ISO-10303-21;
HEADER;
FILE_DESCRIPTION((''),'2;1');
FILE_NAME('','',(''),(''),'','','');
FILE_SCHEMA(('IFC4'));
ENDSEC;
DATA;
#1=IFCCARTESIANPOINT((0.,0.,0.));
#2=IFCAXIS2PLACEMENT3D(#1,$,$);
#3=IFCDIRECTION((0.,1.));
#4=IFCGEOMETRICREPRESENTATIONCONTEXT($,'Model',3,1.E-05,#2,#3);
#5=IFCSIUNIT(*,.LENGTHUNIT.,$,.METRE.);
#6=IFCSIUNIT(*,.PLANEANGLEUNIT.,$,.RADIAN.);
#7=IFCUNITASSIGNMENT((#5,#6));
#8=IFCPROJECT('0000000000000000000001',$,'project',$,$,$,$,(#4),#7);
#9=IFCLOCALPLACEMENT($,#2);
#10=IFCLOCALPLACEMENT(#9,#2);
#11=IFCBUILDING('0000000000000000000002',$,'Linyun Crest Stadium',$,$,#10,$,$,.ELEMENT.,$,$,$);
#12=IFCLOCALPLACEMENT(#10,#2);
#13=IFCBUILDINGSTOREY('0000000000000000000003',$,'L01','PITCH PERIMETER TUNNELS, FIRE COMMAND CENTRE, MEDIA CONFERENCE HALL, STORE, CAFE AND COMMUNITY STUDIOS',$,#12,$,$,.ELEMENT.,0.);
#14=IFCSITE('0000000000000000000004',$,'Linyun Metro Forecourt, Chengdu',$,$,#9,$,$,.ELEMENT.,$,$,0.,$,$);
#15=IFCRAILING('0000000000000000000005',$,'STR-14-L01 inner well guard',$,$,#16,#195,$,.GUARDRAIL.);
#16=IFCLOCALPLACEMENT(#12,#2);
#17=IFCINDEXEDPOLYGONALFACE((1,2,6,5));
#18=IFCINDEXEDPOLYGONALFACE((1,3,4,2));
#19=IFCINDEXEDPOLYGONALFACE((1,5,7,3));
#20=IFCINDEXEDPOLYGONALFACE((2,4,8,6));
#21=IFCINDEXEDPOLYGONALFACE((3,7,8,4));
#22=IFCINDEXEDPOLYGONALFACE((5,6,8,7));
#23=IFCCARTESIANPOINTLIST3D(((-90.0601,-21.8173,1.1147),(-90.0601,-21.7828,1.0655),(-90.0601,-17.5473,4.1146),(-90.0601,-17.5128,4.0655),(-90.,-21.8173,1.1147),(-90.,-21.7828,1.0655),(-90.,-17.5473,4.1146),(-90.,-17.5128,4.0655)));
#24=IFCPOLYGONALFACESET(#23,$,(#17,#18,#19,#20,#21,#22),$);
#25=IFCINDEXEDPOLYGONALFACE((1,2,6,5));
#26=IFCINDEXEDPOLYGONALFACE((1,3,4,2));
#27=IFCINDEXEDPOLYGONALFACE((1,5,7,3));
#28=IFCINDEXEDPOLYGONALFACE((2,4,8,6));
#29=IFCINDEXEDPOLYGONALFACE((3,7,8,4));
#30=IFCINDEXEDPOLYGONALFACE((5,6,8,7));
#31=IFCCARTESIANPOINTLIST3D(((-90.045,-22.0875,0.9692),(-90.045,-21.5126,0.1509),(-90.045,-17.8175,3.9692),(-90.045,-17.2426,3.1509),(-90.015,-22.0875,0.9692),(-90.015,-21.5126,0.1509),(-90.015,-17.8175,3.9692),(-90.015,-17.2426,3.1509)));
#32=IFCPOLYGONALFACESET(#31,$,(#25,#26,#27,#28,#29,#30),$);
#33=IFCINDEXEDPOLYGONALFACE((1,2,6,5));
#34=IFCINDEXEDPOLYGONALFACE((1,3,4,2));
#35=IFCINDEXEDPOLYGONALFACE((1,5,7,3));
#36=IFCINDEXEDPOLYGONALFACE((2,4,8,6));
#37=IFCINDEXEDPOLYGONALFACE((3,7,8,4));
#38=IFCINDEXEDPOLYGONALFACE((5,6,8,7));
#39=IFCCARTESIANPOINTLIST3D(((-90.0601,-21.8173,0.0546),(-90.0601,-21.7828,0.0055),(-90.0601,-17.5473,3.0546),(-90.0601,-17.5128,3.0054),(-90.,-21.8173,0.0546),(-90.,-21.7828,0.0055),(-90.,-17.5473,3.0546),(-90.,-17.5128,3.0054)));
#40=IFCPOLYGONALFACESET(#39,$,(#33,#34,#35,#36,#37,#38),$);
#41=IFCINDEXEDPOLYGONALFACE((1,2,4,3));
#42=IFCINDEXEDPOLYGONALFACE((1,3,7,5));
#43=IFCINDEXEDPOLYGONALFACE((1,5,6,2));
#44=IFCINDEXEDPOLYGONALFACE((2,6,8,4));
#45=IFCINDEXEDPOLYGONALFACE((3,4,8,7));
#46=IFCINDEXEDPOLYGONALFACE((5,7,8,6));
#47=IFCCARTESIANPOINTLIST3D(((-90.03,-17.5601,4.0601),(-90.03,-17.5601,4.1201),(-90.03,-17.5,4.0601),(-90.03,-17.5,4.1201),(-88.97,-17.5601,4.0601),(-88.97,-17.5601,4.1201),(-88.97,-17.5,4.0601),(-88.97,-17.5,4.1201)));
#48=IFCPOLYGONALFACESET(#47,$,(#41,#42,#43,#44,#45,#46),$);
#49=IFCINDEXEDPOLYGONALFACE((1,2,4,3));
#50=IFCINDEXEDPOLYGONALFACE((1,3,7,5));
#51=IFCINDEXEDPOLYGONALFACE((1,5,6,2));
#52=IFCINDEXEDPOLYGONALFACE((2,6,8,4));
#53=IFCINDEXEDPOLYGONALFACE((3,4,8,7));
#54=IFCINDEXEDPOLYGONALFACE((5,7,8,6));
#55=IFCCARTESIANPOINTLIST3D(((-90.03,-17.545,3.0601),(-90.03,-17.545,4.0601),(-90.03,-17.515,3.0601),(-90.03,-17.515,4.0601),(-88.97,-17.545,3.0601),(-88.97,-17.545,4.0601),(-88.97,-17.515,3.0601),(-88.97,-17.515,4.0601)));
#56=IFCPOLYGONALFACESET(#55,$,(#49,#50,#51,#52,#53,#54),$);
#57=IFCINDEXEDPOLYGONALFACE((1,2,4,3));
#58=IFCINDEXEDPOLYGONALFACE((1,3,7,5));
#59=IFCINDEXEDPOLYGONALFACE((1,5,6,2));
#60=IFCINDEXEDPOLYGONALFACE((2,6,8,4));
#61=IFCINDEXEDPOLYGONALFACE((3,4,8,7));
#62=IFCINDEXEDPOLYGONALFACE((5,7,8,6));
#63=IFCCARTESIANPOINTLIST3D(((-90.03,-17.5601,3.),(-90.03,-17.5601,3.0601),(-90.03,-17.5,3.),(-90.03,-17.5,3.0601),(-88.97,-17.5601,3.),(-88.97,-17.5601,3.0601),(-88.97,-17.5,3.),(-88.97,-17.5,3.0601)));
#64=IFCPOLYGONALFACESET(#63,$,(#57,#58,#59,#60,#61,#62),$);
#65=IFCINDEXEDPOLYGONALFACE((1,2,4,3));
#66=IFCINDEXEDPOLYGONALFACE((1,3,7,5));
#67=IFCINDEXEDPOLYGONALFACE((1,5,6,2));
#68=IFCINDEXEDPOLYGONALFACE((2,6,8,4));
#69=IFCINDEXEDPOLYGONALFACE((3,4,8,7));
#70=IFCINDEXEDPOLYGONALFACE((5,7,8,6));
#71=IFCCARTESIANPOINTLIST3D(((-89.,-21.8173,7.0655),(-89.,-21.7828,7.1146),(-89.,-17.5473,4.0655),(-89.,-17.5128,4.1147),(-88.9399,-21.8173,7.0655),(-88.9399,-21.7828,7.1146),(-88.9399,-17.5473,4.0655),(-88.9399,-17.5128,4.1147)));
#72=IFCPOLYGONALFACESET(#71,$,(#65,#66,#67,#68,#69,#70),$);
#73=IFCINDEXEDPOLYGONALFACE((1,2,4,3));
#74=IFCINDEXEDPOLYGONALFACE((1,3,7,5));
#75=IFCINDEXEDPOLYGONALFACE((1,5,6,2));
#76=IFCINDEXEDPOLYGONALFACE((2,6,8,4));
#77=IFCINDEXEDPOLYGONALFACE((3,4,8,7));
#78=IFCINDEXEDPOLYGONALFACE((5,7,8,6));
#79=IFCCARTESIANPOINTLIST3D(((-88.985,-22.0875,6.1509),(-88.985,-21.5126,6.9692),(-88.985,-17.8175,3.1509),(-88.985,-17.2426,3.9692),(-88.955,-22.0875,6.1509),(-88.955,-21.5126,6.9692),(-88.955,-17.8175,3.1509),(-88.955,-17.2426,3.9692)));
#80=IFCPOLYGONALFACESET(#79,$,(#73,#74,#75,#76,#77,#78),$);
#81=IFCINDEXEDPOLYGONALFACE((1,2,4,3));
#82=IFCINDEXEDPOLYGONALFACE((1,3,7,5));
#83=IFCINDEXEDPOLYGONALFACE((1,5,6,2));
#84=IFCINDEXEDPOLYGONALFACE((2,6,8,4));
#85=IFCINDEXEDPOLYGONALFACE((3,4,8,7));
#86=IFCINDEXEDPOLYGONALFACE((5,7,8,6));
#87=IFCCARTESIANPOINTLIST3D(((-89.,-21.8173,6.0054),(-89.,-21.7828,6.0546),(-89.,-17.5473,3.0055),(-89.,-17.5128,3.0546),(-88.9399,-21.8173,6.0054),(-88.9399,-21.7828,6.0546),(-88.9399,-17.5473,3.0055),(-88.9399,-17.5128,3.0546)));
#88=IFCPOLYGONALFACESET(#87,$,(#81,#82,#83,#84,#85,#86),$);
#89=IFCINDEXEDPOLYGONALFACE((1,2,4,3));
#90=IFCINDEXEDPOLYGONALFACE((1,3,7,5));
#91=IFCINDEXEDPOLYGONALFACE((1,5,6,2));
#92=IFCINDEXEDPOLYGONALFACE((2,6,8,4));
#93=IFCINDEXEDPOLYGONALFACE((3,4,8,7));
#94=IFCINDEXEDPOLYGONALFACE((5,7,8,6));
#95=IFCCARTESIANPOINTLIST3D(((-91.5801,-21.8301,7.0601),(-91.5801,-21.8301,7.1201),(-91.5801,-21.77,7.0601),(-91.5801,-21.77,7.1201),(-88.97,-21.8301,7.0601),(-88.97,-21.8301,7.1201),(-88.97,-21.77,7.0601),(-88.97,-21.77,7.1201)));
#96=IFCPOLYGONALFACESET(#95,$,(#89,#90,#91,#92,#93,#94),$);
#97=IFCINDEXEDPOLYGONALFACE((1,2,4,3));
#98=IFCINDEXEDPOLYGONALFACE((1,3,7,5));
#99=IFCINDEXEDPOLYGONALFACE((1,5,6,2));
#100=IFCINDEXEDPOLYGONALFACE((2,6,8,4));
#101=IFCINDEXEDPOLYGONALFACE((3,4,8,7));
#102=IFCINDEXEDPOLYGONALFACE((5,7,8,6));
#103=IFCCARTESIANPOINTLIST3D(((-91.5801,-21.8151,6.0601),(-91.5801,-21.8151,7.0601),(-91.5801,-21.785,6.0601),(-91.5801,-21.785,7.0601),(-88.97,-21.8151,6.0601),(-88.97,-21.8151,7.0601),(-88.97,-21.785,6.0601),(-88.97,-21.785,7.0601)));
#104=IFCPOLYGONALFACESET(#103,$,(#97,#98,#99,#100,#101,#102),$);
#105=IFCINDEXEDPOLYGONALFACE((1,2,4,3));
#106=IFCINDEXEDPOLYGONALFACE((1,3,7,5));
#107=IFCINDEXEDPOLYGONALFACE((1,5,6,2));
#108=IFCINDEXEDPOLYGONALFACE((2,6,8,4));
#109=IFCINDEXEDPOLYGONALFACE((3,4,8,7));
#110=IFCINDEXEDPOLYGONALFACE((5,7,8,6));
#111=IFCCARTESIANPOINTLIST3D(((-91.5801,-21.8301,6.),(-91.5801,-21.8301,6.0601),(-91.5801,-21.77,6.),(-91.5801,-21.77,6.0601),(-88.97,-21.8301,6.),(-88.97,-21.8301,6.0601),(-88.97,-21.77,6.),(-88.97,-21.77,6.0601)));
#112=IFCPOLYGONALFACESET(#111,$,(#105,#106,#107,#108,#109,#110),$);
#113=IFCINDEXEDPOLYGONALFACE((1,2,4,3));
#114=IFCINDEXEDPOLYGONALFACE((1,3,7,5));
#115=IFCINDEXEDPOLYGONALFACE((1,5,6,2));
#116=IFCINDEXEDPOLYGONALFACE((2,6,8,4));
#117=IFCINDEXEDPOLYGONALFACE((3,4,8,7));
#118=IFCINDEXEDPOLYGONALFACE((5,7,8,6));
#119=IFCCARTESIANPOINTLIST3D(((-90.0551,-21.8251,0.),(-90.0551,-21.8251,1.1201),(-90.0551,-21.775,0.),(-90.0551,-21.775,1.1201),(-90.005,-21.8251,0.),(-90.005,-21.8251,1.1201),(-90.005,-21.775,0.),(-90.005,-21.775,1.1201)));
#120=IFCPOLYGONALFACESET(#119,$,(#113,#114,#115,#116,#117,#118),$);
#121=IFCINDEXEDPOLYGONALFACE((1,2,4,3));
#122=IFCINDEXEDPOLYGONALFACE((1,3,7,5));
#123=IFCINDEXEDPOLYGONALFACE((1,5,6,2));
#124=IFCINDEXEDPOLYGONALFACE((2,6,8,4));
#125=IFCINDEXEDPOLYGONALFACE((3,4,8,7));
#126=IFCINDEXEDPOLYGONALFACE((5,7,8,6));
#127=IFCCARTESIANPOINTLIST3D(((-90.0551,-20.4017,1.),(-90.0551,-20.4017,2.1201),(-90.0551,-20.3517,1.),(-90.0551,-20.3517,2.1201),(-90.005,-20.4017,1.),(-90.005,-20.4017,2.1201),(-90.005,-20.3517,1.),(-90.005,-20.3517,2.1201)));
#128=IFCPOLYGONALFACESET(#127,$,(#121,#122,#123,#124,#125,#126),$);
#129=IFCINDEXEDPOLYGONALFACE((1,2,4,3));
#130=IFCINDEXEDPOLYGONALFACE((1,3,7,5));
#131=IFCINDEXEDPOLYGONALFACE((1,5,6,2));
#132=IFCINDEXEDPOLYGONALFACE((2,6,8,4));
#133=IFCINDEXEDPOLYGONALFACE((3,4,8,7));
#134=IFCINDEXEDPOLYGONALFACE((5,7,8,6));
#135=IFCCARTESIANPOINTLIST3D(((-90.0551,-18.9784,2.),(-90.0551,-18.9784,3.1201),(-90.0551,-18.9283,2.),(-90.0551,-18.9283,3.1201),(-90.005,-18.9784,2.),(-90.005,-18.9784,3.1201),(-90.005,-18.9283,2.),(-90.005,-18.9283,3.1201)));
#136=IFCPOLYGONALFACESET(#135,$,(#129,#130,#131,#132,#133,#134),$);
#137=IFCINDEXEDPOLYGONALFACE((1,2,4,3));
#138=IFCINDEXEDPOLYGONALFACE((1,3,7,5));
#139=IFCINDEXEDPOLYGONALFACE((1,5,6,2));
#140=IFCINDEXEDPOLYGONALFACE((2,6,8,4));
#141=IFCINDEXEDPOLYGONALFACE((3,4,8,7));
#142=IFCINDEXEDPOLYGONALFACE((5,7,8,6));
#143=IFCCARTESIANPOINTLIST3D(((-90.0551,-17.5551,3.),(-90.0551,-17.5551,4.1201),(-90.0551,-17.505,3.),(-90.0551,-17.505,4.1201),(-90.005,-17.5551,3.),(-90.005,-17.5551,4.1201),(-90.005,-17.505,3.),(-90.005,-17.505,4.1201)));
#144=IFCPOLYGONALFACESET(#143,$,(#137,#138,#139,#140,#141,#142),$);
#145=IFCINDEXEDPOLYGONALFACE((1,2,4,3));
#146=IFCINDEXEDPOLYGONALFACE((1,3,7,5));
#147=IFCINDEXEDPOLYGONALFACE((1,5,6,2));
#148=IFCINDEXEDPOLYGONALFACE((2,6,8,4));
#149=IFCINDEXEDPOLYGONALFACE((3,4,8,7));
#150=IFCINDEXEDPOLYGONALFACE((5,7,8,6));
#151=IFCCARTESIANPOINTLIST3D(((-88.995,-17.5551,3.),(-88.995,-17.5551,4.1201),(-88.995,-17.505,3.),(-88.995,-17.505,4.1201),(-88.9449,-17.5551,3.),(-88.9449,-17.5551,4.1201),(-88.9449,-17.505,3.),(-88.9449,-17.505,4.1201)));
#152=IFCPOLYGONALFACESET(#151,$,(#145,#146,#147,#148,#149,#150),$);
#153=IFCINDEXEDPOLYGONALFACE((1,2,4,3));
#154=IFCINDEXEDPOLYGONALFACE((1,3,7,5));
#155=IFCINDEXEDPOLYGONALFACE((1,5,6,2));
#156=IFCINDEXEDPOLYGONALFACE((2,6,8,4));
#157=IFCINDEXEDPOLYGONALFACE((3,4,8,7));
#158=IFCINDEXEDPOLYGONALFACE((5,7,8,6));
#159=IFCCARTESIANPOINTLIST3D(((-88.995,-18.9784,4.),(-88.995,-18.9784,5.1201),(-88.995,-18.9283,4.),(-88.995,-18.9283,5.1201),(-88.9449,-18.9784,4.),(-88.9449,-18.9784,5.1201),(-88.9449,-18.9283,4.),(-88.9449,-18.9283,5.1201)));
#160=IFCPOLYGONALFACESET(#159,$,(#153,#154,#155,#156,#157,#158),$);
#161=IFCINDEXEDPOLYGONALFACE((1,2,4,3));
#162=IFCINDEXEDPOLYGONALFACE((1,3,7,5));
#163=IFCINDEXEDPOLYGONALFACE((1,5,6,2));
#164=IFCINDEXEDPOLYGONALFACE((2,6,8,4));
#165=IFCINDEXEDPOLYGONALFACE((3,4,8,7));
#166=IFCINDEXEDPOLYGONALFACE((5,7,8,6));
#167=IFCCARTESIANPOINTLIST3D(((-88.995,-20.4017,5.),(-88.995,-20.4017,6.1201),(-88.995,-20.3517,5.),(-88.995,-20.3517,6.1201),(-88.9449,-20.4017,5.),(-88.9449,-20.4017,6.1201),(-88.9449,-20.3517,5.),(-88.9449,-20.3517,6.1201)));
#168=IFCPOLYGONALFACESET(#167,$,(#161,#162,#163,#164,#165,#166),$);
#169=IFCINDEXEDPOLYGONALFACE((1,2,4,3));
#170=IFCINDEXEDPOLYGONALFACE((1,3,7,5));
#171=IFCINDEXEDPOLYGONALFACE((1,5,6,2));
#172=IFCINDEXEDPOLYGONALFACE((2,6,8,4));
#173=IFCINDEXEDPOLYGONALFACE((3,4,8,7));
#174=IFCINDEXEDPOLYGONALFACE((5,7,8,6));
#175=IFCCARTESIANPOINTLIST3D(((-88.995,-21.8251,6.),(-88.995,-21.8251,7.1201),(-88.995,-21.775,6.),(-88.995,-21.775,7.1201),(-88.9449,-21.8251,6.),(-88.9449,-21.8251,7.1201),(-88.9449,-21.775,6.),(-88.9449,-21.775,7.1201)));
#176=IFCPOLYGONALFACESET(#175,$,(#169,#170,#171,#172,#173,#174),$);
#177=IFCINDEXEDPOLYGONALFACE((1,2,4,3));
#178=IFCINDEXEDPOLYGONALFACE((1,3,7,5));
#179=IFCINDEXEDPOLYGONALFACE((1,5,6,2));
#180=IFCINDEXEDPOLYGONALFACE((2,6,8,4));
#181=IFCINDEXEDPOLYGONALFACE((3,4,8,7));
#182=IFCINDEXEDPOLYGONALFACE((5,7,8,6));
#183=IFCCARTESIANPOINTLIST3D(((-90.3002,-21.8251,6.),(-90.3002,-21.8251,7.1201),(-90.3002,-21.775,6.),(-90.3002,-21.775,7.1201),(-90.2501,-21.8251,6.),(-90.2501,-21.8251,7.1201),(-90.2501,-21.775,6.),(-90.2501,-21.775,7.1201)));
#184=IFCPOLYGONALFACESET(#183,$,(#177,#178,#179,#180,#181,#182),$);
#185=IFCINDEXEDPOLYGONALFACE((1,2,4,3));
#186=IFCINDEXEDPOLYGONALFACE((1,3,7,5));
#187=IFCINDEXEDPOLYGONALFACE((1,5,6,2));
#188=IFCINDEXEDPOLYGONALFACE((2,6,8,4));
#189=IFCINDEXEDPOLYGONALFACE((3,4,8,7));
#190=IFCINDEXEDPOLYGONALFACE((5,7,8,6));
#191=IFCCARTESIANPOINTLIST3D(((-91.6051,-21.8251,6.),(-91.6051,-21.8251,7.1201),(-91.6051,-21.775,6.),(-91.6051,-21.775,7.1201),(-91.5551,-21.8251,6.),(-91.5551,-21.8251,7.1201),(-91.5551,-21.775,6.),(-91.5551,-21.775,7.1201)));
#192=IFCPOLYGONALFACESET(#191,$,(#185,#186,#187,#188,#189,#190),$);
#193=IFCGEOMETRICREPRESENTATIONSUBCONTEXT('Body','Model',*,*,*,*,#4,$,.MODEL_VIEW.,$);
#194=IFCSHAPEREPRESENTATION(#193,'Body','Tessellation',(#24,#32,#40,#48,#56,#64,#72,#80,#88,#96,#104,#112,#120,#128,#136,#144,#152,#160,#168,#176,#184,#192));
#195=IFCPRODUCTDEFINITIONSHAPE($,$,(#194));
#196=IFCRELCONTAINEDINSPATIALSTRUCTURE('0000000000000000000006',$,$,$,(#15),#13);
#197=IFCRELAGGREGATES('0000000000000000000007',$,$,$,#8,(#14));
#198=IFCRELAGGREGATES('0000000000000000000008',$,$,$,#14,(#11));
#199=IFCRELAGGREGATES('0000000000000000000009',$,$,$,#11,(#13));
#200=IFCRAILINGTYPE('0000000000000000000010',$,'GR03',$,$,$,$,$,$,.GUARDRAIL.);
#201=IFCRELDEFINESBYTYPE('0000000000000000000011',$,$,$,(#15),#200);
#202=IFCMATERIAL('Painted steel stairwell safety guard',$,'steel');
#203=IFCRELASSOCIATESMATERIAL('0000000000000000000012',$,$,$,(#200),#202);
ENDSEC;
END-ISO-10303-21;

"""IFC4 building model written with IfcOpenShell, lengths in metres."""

from ifc_helpers import new_model, si_unit, direction, frame, origin, origin_2d, place, context, subcontext, project, spatial, rectangle, extrude, material, type_object, element, save


model = new_model("IFC4")

# Units and contexts
model_context = context("Model", 3, precision=1e-05, world=origin(), true_north=direction((0.0, 1.0)))
body_context = subcontext(model_context, "Body", "Model", "MODEL_VIEW")
ifc_project = project(units=[si_unit("LENGTHUNIT", "METRE"), si_unit("PLANEANGLEUNIT", "RADIAN")], contexts=[model_context])

# Site, building, storey
site_placement = place(None, origin())
site = spatial("IfcSite", under=ifc_project, at=site_placement, Name="Linyun Metro Forecourt, Chengdu", CompositionType="ELEMENT", RefElevation=0.0)
building_placement = place(site_placement, origin())
building = spatial("IfcBuilding", under=site, at=building_placement, Name="Linyun Crest Stadium", CompositionType="ELEMENT")
storey_placement = place(building_placement, origin())
storey = spatial("IfcBuildingStorey", under=building, at=storey_placement, Name="L01", Description="PITCH PERIMETER TUNNELS, FIRE COMMAND CENTRE, MEDIA CONFERENCE HALL, STORE, CAFE AND COMMUNITY STUDIOS", CompositionType="ELEMENT", Elevation=0.0)

# Railing
ifc_material_1 = material(Name="Painted steel stairwell safety guard", Category="steel")
railing_type_1 = type_object("IfcRailingType", Name="GR03", PredefinedType="GUARDRAIL", material=ifc_material_1)
railing_1_placement = place(storey_placement, frame((-90.03, -21.8, 0.0)))
element("IfcRailing", 1, at=railing_1_placement, inside=storey, type_object=railing_type_1, Name="STR-14-L01 inner well guard", PredefinedType="GUARDRAIL", context=body_context, shape_type="SweptSolid", body=[
    extrude(rectangle(XDim=0.0601, YDim=0.0601, at=origin_2d()), frame((0.0, 0.0, 1.0901), z_axis=(0.0, 0.818242, 0.574874), x_axis=(-1.0, 0.0, 0.0)), (0.0, 0.0, 1.0), 5.2185),
    extrude(rectangle(XDim=0.03, YDim=1.0, at=origin_2d()), frame((0.0, 0.0, 0.5601), z_axis=(0.0, 0.818242, 0.574874), x_axis=(-1.0, 0.0, 0.0)), (0.0, 0.0, 1.0), 5.2185),
    extrude(rectangle(XDim=0.0601, YDim=0.0601, at=origin_2d()), frame((0.0, 0.0, 0.03), z_axis=(0.0, 0.818242, 0.574874), x_axis=(-1.0, 0.0, 0.0)), (0.0, 0.0, 1.0), 5.2185),
    extrude(rectangle(XDim=0.0601, YDim=0.0601, at=origin_2d()), frame((0.0, 4.27, 4.0901), z_axis=(1.0, 0.0, 0.0), x_axis=(0.0, 1.0, 0.0)), (0.0, 0.0, 1.0), 1.0601),
    extrude(rectangle(XDim=0.03, YDim=1.0, at=origin_2d()), frame((0.0, 4.27, 3.5601), z_axis=(1.0, 0.0, 0.0), x_axis=(0.0, 1.0, 0.0)), (0.0, 0.0, 1.0), 1.0601),
    extrude(rectangle(XDim=0.0601, YDim=0.0601, at=origin_2d()), frame((0.0, 4.27, 3.03), z_axis=(1.0, 0.0, 0.0), x_axis=(0.0, 1.0, 0.0)), (0.0, 0.0, 1.0), 1.0601),
    extrude(rectangle(XDim=0.0601, YDim=0.0601, at=origin_2d()), frame((1.0601, 4.27, 4.0901), z_axis=(0.0, -0.818242, 0.574874), x_axis=(1.0, 0.0, 0.0)), (0.0, 0.0, 1.0), 5.2185),
    extrude(rectangle(XDim=0.03, YDim=1.0, at=origin_2d()), frame((1.0601, 4.27, 3.5601), z_axis=(0.0, -0.818242, 0.574874), x_axis=(1.0, 0.0, 0.0)), (0.0, 0.0, 1.0), 5.2185),
    extrude(rectangle(XDim=0.0601, YDim=0.0601, at=origin_2d()), frame((1.0601, 4.27, 3.03), z_axis=(0.0, -0.818242, 0.574874), x_axis=(1.0, 0.0, 0.0)), (0.0, 0.0, 1.0), 5.2185),
    extrude(rectangle(XDim=0.0601, YDim=0.0601, at=origin_2d()), frame((1.0601, 0.0, 7.0901), z_axis=(-1.0, 0.0, 0.0), x_axis=(0.0, -1.0, 0.0)), (0.0, 0.0, 1.0), 2.6101),
    extrude(rectangle(XDim=0.03, YDim=1.0, at=origin_2d()), frame((1.0601, 0.0, 6.5601), z_axis=(-1.0, 0.0, 0.0), x_axis=(0.0, -1.0, 0.0)), (0.0, 0.0, 1.0), 2.6101),
    extrude(rectangle(XDim=0.0601, YDim=0.0601, at=origin_2d()), frame((1.0601, 0.0, 6.03), z_axis=(-1.0, 0.0, 0.0), x_axis=(0.0, -1.0, 0.0)), (0.0, 0.0, 1.0), 2.6101),
    extrude(rectangle(XDim=0.05, YDim=0.05, at=origin_2d()), origin(), (0.0, 0.0, 1.0), 1.1201),
    extrude(rectangle(XDim=0.05, YDim=0.05, at=origin_2d()), frame((0.0, 1.4233, 1.0)), (0.0, 0.0, 1.0), 1.1201),
    extrude(rectangle(XDim=0.05, YDim=0.05, at=origin_2d()), frame((0.0, 2.8467, 2.0)), (0.0, 0.0, 1.0), 1.1201),
    extrude(rectangle(XDim=0.05, YDim=0.05, at=origin_2d()), frame((0.0, 4.27, 3.0)), (0.0, 0.0, 1.0), 1.1201),
    extrude(rectangle(XDim=0.05, YDim=0.05, at=origin_2d()), frame((1.0601, 4.27, 3.0)), (0.0, 0.0, 1.0), 1.1201),
    extrude(rectangle(XDim=0.05, YDim=0.05, at=origin_2d()), frame((1.0601, 2.8467, 4.0)), (0.0, 0.0, 1.0), 1.1201),
    extrude(rectangle(XDim=0.05, YDim=0.05, at=origin_2d()), frame((1.0601, 1.4233, 5.0)), (0.0, 0.0, 1.0), 1.1201),
    extrude(rectangle(XDim=0.05, YDim=0.05, at=origin_2d()), frame((1.0601, 0.0, 6.0)), (0.0, 0.0, 1.0), 1.1201),
    extrude(rectangle(XDim=0.05, YDim=0.05, at=origin_2d()), frame((-0.2451, 0.0, 6.0)), (0.0, 0.0, 1.0), 1.1201),
    extrude(rectangle(XDim=0.05, YDim=0.05, at=origin_2d()), frame((-1.55, 0.0, 6.0)), (0.0, 0.0, 1.0), 1.1201),
])

save(model, "model.ifc")
